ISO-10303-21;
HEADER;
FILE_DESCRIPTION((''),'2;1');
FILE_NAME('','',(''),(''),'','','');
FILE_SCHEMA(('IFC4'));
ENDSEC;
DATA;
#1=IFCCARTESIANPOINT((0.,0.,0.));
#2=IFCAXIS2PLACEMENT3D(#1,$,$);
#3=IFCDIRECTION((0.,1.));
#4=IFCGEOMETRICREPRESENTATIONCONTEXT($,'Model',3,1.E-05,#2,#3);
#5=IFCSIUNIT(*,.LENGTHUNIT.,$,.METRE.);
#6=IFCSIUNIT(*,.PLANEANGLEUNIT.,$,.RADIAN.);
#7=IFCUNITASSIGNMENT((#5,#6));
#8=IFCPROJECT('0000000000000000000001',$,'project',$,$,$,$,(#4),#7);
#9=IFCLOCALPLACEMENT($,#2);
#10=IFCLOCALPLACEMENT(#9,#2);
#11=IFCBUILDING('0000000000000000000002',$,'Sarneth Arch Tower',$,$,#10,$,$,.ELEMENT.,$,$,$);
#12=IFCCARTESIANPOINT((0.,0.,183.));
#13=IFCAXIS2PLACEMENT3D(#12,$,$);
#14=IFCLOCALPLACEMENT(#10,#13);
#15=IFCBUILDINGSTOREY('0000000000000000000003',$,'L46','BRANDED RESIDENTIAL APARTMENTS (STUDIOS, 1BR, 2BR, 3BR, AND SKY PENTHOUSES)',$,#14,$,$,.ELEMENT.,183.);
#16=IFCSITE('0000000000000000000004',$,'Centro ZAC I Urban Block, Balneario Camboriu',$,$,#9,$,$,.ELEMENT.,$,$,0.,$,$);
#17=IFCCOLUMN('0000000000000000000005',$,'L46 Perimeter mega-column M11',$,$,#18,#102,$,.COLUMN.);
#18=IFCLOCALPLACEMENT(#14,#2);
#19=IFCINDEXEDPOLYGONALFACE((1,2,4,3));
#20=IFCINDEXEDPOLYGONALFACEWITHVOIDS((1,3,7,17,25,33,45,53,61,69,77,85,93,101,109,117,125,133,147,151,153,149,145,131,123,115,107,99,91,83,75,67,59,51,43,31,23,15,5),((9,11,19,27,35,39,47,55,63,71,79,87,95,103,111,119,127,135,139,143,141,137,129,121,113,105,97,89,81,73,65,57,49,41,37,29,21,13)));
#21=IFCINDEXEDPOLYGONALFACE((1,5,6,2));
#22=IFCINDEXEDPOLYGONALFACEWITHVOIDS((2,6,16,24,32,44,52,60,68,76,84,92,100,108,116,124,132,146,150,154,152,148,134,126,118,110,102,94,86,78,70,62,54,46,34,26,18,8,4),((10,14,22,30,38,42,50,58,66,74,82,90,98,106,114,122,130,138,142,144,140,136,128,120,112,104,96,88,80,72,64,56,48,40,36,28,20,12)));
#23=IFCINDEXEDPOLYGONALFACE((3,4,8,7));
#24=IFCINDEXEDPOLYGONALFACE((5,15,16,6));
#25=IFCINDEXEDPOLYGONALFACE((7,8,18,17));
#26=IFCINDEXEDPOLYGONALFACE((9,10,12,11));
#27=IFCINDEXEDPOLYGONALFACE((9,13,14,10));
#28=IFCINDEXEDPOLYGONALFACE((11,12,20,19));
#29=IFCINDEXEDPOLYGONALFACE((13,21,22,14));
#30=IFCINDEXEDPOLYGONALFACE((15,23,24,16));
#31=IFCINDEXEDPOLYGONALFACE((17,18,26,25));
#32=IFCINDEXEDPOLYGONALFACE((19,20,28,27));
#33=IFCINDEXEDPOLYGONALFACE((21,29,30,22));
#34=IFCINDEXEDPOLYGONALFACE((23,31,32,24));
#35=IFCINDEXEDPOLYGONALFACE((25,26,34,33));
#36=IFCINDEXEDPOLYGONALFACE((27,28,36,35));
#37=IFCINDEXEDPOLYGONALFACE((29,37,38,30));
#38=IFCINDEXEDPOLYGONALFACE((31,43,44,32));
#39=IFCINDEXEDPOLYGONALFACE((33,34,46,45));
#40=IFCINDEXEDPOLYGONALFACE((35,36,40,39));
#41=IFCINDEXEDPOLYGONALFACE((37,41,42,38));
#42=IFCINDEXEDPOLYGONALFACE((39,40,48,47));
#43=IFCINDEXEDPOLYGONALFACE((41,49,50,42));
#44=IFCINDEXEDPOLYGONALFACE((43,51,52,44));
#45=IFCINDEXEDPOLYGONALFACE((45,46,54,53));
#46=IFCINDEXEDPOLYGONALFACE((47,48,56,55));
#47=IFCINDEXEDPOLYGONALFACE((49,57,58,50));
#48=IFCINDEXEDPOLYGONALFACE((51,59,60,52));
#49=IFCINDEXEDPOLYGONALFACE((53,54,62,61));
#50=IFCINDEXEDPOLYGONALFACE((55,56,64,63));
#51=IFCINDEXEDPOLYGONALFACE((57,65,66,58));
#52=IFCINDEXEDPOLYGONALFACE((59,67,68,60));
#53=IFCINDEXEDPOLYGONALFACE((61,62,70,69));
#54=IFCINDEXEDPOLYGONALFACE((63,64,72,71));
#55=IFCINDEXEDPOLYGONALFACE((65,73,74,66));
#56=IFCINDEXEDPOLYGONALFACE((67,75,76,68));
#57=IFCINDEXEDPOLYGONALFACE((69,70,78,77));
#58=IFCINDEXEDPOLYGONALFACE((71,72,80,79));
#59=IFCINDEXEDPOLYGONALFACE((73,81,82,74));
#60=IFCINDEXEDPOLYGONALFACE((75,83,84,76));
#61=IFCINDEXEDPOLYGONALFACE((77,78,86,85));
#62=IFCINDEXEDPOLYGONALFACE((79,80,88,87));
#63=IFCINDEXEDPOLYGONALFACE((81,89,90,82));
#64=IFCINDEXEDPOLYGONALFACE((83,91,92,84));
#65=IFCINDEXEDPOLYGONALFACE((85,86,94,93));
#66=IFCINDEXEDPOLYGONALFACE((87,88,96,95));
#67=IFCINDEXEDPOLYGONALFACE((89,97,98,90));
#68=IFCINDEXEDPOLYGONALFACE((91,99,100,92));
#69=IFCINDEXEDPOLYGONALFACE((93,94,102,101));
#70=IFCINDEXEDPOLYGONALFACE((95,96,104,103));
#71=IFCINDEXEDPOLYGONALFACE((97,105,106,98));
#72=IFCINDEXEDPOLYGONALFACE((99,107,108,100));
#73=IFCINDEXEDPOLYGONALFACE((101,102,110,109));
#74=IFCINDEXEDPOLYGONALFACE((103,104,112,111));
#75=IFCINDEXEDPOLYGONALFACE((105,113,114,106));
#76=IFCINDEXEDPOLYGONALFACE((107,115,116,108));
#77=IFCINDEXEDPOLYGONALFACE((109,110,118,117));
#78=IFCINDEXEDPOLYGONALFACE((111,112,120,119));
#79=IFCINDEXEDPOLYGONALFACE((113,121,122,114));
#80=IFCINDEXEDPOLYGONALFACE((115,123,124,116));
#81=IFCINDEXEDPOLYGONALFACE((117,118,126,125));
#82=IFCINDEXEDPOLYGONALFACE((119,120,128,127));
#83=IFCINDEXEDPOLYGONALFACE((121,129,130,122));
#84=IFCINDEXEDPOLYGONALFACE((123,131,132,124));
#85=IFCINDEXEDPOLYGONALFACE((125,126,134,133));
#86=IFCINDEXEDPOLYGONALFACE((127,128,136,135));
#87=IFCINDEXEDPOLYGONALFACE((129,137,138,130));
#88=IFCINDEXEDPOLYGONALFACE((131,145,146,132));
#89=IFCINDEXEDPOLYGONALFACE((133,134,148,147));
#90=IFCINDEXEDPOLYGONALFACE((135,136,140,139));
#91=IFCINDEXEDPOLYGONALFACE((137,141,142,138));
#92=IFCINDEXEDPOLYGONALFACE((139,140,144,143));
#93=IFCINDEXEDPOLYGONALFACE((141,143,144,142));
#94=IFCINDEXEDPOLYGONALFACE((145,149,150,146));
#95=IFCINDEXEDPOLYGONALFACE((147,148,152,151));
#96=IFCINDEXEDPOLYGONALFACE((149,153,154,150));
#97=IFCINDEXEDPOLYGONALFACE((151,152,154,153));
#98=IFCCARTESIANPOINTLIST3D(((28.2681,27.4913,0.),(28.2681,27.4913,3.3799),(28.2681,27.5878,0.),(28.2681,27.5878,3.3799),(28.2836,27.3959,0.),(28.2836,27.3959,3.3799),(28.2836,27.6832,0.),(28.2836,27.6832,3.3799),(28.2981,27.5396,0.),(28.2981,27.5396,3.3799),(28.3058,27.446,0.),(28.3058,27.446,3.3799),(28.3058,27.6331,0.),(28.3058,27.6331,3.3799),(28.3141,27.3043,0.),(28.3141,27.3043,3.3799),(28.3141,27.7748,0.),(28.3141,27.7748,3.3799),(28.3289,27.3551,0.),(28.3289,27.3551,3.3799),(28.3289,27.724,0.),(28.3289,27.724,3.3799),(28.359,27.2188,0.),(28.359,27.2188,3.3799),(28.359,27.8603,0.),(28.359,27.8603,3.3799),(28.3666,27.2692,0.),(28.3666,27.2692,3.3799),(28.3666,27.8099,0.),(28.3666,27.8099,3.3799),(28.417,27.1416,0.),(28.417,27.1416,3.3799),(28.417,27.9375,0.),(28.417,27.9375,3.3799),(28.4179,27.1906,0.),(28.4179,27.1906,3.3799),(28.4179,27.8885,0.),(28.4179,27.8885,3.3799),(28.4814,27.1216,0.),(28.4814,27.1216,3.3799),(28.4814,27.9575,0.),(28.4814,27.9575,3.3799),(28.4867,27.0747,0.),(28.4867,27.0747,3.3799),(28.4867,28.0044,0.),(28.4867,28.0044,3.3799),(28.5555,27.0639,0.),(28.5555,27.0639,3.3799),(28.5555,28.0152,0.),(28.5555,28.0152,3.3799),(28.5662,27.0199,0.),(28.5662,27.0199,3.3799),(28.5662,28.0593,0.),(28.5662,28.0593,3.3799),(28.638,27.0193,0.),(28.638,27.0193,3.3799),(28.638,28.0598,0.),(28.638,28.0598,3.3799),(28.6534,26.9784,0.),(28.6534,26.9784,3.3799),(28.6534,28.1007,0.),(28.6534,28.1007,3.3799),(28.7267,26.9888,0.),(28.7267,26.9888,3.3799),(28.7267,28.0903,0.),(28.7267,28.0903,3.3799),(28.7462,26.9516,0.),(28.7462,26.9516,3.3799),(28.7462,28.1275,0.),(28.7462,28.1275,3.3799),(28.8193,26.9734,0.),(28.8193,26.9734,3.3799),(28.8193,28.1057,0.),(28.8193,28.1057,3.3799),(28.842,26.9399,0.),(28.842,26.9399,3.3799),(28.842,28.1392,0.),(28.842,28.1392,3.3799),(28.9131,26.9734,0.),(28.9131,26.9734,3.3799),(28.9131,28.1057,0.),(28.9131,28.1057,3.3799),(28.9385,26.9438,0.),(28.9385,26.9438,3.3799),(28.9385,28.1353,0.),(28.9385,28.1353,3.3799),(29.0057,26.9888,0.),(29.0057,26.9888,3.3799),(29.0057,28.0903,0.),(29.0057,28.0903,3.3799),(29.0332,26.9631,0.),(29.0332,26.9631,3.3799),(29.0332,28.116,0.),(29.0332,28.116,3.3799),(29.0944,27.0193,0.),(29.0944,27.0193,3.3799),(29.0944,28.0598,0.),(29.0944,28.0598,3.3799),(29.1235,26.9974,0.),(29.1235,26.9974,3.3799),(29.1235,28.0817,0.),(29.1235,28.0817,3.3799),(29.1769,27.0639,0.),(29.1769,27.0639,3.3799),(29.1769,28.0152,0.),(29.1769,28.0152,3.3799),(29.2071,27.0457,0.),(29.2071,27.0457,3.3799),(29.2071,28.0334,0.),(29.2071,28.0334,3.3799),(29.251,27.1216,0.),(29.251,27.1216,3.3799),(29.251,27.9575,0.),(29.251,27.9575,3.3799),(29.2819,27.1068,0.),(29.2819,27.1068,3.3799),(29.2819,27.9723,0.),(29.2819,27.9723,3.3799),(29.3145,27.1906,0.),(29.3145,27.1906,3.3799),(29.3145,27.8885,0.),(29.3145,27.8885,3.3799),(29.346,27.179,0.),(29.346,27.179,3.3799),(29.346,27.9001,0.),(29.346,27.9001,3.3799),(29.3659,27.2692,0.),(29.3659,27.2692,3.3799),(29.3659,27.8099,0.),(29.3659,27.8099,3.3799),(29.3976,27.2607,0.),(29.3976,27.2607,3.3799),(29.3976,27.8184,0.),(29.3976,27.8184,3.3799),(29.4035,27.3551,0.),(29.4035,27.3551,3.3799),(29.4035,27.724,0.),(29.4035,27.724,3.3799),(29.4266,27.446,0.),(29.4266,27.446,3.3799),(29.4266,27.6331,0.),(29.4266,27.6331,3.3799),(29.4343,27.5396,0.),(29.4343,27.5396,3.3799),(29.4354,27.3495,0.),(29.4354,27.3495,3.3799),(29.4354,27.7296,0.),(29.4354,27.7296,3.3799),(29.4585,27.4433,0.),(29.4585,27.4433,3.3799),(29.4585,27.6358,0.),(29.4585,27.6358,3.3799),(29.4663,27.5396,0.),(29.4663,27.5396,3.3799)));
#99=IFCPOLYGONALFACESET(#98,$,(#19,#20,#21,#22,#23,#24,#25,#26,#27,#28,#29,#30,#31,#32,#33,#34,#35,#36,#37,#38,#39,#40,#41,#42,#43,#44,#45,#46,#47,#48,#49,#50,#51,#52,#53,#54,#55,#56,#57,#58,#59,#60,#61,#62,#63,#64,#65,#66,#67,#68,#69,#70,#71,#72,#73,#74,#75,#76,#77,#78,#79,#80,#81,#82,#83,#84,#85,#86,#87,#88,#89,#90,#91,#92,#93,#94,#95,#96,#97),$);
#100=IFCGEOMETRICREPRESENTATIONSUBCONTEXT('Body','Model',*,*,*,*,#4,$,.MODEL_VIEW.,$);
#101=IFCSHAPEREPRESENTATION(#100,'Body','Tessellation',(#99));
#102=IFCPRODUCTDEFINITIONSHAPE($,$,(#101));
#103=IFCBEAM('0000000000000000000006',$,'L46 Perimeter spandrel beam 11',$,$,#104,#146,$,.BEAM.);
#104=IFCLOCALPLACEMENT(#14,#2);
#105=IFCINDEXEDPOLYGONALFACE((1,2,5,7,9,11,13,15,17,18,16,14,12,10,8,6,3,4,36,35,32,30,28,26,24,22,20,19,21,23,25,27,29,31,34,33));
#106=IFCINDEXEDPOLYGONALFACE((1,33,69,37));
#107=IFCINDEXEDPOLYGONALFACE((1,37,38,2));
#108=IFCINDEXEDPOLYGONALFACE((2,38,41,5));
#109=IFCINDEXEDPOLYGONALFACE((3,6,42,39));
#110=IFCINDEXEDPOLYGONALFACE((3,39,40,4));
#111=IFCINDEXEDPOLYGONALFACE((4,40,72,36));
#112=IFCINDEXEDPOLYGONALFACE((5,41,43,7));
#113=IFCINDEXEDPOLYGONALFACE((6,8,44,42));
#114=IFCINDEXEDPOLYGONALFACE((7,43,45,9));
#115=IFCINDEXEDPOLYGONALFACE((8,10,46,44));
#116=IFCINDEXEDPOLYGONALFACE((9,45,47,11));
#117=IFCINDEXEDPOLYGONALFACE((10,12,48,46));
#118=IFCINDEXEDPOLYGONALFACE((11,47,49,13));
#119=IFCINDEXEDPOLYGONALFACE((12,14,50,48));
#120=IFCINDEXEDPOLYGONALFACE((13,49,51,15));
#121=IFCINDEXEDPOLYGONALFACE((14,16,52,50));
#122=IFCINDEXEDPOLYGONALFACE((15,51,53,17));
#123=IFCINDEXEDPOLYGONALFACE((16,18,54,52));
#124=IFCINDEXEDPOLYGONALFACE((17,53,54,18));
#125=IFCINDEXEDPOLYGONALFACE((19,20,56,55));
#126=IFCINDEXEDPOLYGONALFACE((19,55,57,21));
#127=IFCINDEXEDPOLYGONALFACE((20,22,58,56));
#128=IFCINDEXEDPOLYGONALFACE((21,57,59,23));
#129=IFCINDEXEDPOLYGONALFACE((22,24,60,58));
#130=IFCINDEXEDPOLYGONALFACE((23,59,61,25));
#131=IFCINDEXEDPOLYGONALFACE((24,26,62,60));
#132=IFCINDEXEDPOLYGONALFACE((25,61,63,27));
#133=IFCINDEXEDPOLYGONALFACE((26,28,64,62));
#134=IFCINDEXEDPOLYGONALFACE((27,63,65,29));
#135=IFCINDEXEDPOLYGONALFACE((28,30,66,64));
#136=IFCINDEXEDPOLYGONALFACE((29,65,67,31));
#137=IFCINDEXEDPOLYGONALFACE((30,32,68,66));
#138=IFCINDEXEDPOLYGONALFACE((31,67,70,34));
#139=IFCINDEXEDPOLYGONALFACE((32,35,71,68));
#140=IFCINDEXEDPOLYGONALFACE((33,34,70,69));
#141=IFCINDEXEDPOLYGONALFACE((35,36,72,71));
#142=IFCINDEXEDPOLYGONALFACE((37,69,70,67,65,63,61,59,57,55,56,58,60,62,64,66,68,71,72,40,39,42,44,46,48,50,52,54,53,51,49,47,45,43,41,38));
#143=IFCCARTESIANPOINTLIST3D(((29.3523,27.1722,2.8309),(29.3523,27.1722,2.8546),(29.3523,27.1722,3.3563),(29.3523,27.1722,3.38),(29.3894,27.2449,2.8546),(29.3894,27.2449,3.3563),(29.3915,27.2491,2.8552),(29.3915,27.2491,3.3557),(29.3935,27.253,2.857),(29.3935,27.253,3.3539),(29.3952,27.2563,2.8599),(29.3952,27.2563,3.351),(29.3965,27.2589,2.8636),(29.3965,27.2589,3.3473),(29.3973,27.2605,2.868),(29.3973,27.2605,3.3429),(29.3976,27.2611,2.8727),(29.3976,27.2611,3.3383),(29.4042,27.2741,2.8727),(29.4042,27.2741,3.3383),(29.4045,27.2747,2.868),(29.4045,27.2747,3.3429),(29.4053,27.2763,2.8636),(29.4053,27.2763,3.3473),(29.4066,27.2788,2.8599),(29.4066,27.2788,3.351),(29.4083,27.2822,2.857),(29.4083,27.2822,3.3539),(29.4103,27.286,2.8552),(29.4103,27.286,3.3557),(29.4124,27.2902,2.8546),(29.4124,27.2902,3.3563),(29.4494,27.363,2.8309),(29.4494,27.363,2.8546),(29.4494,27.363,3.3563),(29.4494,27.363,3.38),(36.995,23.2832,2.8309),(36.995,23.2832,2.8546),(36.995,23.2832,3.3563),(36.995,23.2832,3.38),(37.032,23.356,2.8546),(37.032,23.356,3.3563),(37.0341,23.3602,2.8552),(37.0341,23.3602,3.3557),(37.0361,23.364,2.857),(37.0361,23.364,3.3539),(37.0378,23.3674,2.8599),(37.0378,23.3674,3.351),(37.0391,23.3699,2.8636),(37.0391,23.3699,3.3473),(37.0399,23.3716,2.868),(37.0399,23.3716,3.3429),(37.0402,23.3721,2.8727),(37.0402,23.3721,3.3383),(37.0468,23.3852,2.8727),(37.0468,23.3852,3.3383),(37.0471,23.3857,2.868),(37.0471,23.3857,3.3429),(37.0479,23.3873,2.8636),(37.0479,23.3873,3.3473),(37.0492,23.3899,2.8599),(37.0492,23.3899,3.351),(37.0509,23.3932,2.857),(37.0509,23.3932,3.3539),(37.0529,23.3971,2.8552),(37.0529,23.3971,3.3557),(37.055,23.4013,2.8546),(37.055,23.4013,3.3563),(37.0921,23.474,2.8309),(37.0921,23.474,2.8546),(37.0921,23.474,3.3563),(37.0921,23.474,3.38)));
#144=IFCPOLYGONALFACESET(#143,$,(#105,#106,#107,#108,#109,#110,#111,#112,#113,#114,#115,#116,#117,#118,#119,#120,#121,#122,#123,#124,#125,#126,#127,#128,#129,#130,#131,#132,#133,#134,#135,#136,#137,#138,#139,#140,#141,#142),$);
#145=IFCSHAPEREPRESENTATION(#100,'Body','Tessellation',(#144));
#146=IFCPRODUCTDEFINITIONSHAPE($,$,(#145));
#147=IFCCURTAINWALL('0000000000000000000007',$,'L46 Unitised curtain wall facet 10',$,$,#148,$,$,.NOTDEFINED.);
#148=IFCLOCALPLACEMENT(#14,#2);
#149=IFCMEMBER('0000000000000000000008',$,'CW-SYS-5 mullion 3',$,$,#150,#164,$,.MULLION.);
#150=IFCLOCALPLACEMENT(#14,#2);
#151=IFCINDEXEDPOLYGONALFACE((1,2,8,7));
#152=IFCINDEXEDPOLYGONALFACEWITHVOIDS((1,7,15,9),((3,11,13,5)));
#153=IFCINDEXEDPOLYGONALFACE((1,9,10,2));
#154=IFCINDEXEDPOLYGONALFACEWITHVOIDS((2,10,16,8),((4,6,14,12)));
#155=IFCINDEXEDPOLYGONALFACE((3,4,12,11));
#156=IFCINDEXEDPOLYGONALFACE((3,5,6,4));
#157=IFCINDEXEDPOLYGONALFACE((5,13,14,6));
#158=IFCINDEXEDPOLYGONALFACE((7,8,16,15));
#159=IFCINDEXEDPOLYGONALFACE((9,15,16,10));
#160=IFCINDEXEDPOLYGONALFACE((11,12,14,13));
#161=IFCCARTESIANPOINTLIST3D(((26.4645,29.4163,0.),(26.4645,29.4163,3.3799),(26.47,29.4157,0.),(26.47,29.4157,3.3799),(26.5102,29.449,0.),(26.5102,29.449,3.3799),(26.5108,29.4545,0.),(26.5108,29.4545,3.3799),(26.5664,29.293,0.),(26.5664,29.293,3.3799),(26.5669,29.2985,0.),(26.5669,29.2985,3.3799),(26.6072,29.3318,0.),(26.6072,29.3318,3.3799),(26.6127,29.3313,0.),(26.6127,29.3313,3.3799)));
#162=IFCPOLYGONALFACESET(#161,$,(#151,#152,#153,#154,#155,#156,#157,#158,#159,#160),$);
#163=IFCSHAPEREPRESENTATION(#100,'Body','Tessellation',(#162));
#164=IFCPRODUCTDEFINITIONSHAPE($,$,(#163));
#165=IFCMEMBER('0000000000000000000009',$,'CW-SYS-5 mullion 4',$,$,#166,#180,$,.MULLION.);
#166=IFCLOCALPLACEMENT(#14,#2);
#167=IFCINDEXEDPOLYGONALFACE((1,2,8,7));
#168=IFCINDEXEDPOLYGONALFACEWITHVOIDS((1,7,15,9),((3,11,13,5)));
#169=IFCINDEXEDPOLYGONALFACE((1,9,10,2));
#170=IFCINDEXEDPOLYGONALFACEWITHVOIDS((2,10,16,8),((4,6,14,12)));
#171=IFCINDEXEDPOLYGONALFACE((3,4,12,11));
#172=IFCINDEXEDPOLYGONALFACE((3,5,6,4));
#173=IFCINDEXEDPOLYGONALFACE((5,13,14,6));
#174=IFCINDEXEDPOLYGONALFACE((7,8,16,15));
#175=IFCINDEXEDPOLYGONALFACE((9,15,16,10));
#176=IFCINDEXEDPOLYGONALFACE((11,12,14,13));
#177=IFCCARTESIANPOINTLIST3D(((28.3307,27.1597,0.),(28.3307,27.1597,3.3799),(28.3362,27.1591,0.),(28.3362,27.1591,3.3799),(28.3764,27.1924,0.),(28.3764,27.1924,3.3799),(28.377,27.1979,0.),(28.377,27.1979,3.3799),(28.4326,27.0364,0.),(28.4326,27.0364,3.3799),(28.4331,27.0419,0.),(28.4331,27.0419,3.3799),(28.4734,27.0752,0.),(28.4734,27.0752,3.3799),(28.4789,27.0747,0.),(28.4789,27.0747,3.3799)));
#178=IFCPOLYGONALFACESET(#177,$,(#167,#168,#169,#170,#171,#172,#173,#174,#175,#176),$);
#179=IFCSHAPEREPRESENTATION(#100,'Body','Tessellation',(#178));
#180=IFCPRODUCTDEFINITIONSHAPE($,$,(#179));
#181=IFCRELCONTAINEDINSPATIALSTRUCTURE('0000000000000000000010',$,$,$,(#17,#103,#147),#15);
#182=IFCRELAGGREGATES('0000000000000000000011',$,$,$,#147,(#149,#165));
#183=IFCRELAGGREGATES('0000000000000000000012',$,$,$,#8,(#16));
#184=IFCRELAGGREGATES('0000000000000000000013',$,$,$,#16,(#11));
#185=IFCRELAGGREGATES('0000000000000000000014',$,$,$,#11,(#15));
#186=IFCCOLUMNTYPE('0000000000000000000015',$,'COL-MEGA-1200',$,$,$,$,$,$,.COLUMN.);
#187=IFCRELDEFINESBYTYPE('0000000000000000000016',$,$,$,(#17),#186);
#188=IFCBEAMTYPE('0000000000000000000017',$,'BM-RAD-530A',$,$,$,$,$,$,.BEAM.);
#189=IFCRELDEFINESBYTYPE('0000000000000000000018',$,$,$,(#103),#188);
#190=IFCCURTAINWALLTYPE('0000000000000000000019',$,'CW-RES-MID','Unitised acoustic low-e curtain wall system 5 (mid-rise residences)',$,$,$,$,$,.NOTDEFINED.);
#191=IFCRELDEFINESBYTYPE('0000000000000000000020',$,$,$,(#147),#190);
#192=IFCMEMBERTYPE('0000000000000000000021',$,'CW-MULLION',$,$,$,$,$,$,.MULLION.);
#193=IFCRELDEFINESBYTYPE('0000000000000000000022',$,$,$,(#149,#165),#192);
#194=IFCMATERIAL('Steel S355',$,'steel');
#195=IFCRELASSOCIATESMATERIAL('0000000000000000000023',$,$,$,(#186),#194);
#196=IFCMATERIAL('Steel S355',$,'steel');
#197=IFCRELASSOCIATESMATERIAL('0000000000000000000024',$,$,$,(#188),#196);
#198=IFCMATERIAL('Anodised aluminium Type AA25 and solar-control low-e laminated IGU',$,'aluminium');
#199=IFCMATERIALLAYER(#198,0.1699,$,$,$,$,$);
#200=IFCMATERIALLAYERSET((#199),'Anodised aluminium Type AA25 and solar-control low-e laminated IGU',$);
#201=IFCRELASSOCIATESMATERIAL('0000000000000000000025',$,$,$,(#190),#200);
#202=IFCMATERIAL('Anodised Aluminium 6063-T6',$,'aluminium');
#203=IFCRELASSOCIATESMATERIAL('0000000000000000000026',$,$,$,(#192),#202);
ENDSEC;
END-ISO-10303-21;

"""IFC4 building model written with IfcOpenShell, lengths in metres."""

from ifc_helpers import new_model, si_unit, direction, frame, origin, origin_2d, place, context, subcontext, project, spatial, hollow_rectangle, hollow_circle, i_section, extrude, material, layer, layer_set, material_profile, profile_set, type_object, element, aggregate, save


model = new_model("IFC4")

# Units and contexts
model_context = context("Model", 3, precision=1e-05, world=origin(), true_north=direction((0.0, 1.0)))
body_context = subcontext(model_context, "Body", "Model", "MODEL_VIEW")
ifc_project = project(units=[si_unit("LENGTHUNIT", "METRE"), si_unit("PLANEANGLEUNIT", "RADIAN")], contexts=[model_context])

# Site, building, storey
site_placement = place(None, origin())
site = spatial("IfcSite", under=ifc_project, at=site_placement, Name="Centro ZAC I Urban Block, Balneario Camboriu", CompositionType="ELEMENT", RefElevation=0.0)
building_placement = place(site_placement, origin())
building = spatial("IfcBuilding", under=site, at=building_placement, Name="Sarneth Arch Tower", CompositionType="ELEMENT")
storey_placement = place(building_placement, frame((0.0, 0.0, 183.0)))
storey = spatial("IfcBuildingStorey", under=building, at=storey_placement, Name="L46", Description="BRANDED RESIDENTIAL APARTMENTS (STUDIOS, 1BR, 2BR, 3BR, AND SKY PENTHOUSES)", CompositionType="ELEMENT", Elevation=183.0)

# Column
ifc_material_1 = material(Name="Steel S355", Category="steel")
ifc_material_profile_1 = material_profile(ifc_material_1, hollow_circle(Radius=0.6001, WallThickness=0.032, at=origin_2d()), Name="CHS1200x32")
ifc_profile_set_1 = profile_set([ifc_material_profile_1], Name="Steel S355")
column_type = type_object("IfcColumnType", Name="COL-MEGA-1200", PredefinedType="COLUMN", material=ifc_profile_set_1)
column_placement = place(storey_placement, frame((28.8662, 27.5396, 0.0), z_axis=(0.0, 0.0, 1.0), x_axis=(1.0, 0.0, 0.0)))
element("IfcColumn", 1, at=column_placement, inside=storey, type_object=column_type, Name="L46 Perimeter mega-column M11", PredefinedType="COLUMN", context=body_context, shape_type="SweptSolid", body=[
    extrude(hollow_circle(Radius=0.6001, WallThickness=0.032, at=origin_2d()), origin(), (0.0, 0.0, 1.0), 3.3799),
])

# Beam
ifc_material_2 = material(Name="Steel S355", Category="steel")
ifc_material_profile_2 = material_profile(ifc_material_2, i_section(OverallWidth=0.2141, OverallDepth=0.5491, WebThickness=0.0146, FlangeThickness=0.0237, FilletRadius=0.0181, at=origin_2d()), Name="W530x138")
ifc_profile_set_2 = profile_set([ifc_material_profile_2], Name="Steel S355")
beam_type = type_object("IfcBeamType", Name="BM-RAD-530A", PredefinedType="BEAM", material=ifc_profile_set_2)
beam_placement = place(storey_placement, frame((29.4009, 27.2676, 3.1055), z_axis=(0.89125, -0.453512, 0.0), x_axis=(0.453512, 0.89125, 0.0)))
element("IfcBeam", 2, at=beam_placement, inside=storey, type_object=beam_type, Name="L46 Perimeter spandrel beam 11", PredefinedType="BEAM", context=body_context, shape_type="SweptSolid", body=[
    extrude(i_section(OverallWidth=0.2141, OverallDepth=0.5491, WebThickness=0.0146, FlangeThickness=0.0237, FilletRadius=0.0181, at=origin_2d()), origin(), (0.0, 0.0, 1.0), 8.5752),
])

# Curtain wall, members
ifc_material_3 = material(Name="Anodised aluminium Type AA25 and solar-control low-e laminated IGU", Category="aluminium")
ifc_layer_1 = layer(ifc_material_3, 0.1699)
ifc_layer_set_1 = layer_set([ifc_layer_1], Name="Anodised aluminium Type AA25 and solar-control low-e laminated IGU")
curtain_wall_type = type_object("IfcCurtainWallType", Name="CW-RES-MID", Description="Unitised acoustic low-e curtain wall system 5 (mid-rise residences)", PredefinedType="NOTDEFINED", material=ifc_layer_set_1)
curtain_wall_placement = place(storey_placement, origin())
curtain_wall = element("IfcCurtainWall", 3, at=curtain_wall_placement, inside=storey, type_object=curtain_wall_type, Name="L46 Unitised curtain wall facet 10", PredefinedType="NOTDEFINED")
ifc_material_4 = material(Name="Anodised Aluminium 6063-T6", Category="aluminium")
ifc_material_profile_3 = material_profile(ifc_material_4, hollow_rectangle(XDim=0.0601, YDim=0.1599, WallThickness=0.0039, at=origin_2d()), Name="AL-MULL-160x60x4")
ifc_profile_set_3 = profile_set([ifc_material_profile_3], Name="Anodised Aluminium 6063-T6")
member_type_1 = type_object("IfcMemberType", Name="CW-MULLION", PredefinedType="MULLION", material=ifc_profile_set_3)
member_1_placement = place(storey_placement, frame((26.5386, 29.3738, 0.0), z_axis=(0.0, 0.0, 1.0), x_axis=(0.770591, 0.63733, 0.0)))
member_1 = element("IfcMember", 4, at=member_1_placement, type_object=member_type_1, Name="CW-SYS-5 mullion 3", PredefinedType="MULLION", context=body_context, shape_type="SweptSolid", body=[
    extrude(hollow_rectangle(XDim=0.0601, YDim=0.1599, WallThickness=0.0039, at=origin_2d()), origin(), (0.0, 0.0, 1.0), 3.3799),
])
member_2_placement = place(storey_placement, frame((28.4048, 27.1172, 0.0), z_axis=(0.0, 0.0, 1.0), x_axis=(0.770591, 0.63733, 0.0)))
member_2 = element("IfcMember", 5, at=member_2_placement, type_object=member_type_1, Name="CW-SYS-5 mullion 4", PredefinedType="MULLION", context=body_context, shape_type="SweptSolid", body=[
    extrude(hollow_rectangle(XDim=0.0601, YDim=0.1599, WallThickness=0.0039, at=origin_2d()), origin(), (0.0, 0.0, 1.0), 3.3799),
])

aggregate(curtain_wall, [member_1, member_2])

save(model, "model.ifc")
